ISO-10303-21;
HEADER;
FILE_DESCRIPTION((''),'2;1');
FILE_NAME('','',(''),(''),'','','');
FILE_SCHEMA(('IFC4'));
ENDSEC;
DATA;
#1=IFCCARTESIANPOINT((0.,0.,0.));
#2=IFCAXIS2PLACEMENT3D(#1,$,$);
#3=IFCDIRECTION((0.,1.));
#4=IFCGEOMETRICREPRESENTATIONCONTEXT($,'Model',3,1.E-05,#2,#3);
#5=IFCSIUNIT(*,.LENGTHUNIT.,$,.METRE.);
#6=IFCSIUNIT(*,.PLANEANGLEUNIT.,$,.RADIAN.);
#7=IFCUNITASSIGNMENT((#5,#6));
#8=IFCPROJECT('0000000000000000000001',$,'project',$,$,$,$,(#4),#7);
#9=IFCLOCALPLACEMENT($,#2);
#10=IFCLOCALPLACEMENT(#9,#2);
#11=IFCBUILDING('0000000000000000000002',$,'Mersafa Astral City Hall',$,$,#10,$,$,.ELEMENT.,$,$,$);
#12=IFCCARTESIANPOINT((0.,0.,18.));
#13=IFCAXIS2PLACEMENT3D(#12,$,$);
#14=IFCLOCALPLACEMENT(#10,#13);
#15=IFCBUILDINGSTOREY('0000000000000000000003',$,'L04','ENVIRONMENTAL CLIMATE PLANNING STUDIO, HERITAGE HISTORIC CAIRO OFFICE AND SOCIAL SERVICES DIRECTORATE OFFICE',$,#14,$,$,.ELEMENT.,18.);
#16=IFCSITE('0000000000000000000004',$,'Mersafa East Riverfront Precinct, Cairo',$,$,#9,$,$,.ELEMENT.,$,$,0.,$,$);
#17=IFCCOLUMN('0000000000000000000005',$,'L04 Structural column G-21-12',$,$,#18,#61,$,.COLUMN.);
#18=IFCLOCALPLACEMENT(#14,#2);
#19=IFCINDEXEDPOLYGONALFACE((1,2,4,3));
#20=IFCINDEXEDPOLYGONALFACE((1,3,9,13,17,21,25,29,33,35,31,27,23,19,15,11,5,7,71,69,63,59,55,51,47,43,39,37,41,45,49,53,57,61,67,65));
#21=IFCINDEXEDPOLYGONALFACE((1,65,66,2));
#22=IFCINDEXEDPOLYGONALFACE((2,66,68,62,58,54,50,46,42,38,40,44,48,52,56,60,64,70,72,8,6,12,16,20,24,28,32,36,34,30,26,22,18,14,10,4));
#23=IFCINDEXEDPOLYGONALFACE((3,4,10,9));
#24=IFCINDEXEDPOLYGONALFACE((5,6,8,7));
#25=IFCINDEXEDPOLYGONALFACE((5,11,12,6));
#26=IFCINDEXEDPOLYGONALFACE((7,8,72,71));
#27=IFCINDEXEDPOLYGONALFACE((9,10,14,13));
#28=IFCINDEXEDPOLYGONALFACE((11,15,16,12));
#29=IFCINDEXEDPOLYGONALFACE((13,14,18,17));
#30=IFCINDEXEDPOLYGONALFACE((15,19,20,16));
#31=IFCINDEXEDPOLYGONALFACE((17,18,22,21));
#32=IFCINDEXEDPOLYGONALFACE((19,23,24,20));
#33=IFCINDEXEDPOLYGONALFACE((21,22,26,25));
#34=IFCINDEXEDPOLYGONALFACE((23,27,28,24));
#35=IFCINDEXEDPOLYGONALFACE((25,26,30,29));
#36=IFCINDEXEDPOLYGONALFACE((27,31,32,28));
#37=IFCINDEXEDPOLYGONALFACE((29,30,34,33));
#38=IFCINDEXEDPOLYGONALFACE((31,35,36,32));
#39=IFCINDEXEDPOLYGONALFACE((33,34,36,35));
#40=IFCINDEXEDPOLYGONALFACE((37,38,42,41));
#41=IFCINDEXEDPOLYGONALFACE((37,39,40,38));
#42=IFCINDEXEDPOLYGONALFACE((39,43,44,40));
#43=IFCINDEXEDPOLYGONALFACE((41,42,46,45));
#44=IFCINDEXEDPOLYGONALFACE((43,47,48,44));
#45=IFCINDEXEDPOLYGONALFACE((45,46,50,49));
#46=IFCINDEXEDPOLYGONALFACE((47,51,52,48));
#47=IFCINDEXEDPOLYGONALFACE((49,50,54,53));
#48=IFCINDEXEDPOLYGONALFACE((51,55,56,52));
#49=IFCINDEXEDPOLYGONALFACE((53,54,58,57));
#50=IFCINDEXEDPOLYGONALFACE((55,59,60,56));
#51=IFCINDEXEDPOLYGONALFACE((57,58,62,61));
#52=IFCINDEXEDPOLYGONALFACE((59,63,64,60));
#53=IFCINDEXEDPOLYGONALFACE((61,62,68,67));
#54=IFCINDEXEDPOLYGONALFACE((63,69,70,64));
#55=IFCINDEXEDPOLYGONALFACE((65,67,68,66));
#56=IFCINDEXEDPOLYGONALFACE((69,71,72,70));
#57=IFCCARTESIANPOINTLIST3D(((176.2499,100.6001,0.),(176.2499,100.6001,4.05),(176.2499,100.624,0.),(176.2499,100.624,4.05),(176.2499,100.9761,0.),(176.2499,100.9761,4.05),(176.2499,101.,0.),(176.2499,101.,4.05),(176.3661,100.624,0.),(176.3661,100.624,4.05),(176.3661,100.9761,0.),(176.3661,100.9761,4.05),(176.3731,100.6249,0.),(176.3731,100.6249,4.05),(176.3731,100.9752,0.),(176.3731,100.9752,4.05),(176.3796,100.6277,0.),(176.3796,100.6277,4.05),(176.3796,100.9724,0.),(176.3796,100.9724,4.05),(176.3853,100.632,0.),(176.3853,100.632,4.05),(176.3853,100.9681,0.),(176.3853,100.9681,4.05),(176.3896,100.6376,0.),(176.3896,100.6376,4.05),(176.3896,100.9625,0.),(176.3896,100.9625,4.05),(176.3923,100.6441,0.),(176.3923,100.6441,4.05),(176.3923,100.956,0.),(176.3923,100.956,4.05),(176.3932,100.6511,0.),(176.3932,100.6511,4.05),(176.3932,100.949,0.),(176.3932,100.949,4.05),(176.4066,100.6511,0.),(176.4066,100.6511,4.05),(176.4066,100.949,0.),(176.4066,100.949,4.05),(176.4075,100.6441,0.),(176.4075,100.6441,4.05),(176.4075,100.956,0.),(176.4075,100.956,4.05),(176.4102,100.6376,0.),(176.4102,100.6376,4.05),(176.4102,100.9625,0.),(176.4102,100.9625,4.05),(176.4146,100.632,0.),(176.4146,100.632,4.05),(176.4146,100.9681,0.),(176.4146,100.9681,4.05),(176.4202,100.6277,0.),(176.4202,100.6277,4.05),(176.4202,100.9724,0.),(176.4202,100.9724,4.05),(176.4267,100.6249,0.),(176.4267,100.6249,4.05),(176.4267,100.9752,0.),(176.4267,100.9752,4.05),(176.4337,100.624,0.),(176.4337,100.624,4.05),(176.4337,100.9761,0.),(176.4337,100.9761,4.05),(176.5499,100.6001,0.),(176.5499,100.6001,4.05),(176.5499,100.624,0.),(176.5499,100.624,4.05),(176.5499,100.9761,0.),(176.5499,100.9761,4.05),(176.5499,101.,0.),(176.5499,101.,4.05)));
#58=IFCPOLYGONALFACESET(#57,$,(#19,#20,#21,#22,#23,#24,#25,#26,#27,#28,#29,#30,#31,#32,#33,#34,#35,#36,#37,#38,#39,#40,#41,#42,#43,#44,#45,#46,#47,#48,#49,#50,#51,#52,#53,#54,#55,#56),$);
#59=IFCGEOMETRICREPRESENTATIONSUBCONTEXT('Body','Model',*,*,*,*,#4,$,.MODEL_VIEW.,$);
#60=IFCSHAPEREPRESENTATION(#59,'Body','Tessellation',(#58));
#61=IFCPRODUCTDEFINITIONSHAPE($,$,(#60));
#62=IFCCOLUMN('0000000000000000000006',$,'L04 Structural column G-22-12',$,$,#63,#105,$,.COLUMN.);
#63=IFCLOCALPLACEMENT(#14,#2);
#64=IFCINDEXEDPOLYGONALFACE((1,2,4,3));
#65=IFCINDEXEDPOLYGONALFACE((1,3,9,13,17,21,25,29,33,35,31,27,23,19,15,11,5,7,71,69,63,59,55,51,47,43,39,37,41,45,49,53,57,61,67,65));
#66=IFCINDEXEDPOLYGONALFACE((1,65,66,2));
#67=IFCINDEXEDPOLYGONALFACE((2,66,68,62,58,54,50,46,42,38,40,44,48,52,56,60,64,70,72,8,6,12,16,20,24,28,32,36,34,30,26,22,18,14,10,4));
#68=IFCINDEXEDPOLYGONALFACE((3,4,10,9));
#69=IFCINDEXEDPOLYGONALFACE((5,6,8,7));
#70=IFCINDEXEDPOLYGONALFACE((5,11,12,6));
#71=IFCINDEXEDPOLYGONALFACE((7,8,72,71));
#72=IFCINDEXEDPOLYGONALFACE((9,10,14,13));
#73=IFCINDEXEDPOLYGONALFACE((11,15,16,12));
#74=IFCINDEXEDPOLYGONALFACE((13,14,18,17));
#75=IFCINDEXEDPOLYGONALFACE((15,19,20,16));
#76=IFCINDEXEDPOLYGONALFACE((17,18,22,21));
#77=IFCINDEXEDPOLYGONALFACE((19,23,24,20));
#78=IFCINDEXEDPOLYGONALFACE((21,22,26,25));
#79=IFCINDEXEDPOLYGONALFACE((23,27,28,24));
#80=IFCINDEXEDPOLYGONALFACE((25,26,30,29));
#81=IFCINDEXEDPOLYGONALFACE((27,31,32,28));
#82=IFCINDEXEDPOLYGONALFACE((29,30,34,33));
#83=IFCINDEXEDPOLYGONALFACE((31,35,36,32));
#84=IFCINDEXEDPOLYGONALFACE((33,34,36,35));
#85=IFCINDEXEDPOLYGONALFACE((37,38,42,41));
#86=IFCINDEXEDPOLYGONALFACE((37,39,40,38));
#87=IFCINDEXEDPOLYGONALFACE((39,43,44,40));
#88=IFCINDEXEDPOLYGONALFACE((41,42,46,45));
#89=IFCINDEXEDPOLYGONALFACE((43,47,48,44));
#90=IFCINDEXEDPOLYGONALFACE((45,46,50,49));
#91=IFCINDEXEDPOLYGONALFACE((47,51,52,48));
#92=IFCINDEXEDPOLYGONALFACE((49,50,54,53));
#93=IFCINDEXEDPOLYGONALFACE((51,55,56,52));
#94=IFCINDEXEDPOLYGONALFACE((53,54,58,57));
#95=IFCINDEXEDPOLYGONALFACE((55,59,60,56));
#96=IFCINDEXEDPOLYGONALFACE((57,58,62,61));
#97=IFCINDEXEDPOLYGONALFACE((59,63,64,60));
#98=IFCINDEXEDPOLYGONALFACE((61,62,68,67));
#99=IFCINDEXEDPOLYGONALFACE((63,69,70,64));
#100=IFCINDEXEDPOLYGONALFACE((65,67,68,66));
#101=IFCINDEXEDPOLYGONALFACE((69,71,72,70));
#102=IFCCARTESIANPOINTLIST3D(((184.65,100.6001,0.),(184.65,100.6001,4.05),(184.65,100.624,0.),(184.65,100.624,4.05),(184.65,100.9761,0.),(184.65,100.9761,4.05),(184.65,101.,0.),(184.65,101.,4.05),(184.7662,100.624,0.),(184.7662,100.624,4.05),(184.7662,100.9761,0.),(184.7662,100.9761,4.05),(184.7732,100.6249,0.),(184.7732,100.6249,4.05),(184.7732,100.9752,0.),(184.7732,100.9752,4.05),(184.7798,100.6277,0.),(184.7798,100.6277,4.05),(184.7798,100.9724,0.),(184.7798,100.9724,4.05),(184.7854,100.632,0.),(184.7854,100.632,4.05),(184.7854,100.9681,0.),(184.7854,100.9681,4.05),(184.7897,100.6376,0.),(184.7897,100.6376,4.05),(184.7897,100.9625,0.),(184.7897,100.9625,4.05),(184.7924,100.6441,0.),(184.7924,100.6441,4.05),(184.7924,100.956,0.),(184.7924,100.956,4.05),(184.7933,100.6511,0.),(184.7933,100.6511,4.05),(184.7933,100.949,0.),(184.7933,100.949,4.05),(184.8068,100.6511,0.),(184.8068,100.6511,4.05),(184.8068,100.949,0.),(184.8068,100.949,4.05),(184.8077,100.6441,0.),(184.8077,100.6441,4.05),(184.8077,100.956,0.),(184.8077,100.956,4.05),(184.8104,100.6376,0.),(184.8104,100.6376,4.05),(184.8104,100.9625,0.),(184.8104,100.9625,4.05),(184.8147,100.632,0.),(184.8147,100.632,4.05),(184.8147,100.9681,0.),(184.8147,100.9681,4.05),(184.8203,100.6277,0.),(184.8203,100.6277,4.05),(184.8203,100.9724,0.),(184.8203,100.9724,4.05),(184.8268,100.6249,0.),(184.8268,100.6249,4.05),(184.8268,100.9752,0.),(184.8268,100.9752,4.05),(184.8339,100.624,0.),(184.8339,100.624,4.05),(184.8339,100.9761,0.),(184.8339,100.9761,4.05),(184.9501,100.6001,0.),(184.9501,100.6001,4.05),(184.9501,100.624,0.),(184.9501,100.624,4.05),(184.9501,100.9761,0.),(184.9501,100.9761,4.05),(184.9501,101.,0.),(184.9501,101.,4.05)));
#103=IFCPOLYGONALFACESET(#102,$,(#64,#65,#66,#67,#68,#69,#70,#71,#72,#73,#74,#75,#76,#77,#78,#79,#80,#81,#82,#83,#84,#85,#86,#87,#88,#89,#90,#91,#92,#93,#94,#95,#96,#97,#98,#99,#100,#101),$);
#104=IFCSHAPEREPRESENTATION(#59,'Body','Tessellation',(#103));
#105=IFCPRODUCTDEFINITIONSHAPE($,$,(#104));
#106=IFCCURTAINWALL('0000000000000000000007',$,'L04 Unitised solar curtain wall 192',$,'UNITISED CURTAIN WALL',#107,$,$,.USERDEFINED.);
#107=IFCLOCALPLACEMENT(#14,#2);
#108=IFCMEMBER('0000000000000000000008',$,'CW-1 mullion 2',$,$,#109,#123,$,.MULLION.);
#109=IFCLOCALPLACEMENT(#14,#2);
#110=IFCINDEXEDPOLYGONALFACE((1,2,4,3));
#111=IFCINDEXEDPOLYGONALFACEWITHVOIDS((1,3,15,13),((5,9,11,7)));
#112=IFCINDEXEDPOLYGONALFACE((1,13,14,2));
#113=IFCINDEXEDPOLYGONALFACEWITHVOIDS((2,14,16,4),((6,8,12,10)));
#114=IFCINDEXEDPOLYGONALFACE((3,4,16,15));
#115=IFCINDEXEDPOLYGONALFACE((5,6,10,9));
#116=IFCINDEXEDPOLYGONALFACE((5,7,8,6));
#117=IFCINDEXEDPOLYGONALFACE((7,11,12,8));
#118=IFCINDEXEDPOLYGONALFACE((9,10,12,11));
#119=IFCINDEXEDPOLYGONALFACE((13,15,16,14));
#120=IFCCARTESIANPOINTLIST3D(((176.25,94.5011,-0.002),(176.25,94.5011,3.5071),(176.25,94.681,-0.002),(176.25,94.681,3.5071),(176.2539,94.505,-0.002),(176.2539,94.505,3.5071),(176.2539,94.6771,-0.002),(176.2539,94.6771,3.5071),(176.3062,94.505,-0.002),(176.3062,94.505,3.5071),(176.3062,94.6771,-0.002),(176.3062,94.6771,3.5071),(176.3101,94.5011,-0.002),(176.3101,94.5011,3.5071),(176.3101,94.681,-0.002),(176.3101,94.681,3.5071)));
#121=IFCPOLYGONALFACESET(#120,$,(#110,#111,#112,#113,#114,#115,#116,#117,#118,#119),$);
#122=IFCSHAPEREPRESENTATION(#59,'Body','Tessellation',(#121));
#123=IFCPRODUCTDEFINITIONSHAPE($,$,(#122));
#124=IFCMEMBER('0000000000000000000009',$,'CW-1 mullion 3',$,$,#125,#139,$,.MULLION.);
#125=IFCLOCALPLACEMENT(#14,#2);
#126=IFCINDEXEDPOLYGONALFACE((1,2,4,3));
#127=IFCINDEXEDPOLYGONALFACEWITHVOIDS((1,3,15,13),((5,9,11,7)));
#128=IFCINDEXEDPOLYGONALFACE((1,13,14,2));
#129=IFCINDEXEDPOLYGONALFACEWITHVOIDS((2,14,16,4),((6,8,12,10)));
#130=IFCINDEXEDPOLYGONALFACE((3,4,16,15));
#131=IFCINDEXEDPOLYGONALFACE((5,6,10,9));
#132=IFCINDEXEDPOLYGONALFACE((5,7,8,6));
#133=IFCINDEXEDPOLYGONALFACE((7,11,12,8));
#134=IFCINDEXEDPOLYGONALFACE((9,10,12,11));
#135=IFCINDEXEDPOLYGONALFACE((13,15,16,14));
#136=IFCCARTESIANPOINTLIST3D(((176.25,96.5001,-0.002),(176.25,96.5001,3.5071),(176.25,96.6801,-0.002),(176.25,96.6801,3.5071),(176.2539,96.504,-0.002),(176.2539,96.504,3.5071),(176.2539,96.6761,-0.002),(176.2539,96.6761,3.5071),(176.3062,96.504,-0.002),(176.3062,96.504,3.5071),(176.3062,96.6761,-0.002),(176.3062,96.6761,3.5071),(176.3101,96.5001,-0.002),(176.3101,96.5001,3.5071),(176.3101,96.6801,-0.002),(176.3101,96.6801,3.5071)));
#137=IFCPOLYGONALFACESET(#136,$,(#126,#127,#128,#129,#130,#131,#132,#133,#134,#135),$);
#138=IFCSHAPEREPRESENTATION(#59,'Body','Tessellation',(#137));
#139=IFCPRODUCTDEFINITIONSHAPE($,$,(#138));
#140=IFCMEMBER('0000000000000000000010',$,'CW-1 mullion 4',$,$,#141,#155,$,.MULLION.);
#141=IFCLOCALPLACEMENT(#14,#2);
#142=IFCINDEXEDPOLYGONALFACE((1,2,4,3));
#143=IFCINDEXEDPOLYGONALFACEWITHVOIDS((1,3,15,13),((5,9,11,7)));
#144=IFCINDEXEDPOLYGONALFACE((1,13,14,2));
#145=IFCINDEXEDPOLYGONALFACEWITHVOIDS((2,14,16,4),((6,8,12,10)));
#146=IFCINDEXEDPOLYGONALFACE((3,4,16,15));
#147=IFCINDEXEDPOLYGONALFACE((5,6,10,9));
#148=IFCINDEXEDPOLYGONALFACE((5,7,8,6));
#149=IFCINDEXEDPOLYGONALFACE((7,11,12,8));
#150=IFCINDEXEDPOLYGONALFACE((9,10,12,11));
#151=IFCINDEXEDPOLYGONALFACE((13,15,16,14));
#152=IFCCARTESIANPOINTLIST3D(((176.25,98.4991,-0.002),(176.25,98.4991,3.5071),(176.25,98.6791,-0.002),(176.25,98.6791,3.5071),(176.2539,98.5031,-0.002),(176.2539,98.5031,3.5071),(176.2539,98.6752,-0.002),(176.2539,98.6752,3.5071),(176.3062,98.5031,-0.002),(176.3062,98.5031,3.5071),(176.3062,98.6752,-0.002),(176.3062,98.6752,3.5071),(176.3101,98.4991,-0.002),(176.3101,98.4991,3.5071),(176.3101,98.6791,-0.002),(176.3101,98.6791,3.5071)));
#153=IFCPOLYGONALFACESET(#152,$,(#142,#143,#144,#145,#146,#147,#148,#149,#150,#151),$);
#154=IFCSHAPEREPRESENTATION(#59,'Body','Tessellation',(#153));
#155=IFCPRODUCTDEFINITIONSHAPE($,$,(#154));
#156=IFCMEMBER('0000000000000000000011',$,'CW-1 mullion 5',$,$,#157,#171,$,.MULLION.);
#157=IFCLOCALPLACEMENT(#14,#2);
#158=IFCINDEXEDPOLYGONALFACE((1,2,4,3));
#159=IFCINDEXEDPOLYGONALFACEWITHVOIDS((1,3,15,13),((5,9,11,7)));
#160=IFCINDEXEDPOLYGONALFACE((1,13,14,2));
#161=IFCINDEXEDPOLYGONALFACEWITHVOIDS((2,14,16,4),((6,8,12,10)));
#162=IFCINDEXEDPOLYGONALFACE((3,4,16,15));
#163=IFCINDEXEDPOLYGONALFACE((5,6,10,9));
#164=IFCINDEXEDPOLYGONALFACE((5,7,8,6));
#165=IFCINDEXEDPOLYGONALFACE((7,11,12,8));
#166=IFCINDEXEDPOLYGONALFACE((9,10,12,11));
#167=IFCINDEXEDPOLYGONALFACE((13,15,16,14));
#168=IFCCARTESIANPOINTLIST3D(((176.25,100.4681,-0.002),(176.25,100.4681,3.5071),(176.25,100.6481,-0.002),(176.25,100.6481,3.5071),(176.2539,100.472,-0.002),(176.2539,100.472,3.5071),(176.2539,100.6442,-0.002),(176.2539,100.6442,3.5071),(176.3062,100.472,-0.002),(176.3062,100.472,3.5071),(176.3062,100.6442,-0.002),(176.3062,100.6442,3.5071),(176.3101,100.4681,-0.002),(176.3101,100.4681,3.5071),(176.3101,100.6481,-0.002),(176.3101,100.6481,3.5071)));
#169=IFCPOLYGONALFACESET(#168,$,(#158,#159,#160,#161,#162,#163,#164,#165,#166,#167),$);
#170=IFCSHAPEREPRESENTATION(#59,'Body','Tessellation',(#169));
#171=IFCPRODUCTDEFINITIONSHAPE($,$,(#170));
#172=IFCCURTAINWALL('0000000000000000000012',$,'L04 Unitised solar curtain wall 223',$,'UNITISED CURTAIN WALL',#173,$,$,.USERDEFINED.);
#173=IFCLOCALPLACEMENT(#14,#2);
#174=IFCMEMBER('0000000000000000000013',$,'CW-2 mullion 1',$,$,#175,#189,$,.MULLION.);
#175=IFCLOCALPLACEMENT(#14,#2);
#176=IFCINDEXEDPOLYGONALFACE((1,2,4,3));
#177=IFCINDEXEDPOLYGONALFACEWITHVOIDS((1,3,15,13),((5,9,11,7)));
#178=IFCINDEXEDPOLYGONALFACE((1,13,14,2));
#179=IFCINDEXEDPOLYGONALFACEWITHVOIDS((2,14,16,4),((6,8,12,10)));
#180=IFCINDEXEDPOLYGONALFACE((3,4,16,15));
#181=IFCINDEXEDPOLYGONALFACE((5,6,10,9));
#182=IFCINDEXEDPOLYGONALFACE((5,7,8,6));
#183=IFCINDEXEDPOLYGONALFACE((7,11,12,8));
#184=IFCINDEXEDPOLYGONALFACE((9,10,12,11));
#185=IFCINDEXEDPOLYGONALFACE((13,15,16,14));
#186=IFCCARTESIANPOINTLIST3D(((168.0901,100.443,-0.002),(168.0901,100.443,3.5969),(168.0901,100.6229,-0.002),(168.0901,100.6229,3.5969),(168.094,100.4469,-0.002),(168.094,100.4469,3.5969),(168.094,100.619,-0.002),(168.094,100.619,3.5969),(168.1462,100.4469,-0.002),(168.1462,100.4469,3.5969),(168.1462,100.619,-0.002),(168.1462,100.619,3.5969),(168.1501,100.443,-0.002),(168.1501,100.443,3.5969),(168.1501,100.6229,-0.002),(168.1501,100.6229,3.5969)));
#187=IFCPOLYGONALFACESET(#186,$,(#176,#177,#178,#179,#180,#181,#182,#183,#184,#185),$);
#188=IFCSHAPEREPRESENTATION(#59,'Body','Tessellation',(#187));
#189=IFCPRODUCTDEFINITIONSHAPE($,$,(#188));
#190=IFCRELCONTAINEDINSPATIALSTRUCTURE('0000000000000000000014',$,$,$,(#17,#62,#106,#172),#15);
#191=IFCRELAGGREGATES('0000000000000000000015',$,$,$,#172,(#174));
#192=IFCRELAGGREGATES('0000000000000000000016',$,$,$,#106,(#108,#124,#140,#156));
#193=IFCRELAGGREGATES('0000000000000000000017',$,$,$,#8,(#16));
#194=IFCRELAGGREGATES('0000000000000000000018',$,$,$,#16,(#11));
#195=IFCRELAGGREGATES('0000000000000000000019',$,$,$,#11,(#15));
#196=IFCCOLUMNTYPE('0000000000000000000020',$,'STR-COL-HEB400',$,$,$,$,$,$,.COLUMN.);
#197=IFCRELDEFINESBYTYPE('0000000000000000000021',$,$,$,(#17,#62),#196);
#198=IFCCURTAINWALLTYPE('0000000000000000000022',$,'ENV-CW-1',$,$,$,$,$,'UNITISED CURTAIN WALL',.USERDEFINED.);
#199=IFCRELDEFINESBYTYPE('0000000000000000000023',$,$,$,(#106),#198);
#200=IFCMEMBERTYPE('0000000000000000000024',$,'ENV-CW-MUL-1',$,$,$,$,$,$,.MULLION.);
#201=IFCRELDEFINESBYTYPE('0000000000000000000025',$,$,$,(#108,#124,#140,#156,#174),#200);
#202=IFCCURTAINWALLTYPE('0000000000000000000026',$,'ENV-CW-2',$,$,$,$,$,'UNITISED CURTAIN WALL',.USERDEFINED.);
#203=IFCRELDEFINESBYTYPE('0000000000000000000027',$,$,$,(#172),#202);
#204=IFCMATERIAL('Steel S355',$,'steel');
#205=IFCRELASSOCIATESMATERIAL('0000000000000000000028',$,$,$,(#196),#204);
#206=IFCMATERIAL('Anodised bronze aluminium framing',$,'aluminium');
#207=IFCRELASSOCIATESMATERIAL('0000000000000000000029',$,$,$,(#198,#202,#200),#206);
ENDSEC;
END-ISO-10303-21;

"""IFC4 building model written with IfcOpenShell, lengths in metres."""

from ifc_helpers import new_model, si_unit, direction, frame, origin, origin_2d, place, context, subcontext, project, spatial, hollow_rectangle, i_section, extrude, material, material_profile, profile_set, type_object, element, aggregate, save


model = new_model("IFC4")

# Units and contexts
model_context = context("Model", 3, precision=1e-05, world=origin(), true_north=direction((0.0, 1.0)))
body_context = subcontext(model_context, "Body", "Model", "MODEL_VIEW")
ifc_project = project(units=[si_unit("LENGTHUNIT", "METRE"), si_unit("PLANEANGLEUNIT", "RADIAN")], contexts=[model_context])

# Site, building, storey
site_placement = place(None, origin())
site = spatial("IfcSite", under=ifc_project, at=site_placement, Name="Mersafa East Riverfront Precinct, Cairo", CompositionType="ELEMENT", RefElevation=0.0)
building_placement = place(site_placement, origin())
building = spatial("IfcBuilding", under=site, at=building_placement, Name="Mersafa Astral City Hall", CompositionType="ELEMENT")
storey_placement = place(building_placement, frame((0.0, 0.0, 18.0)))
storey = spatial("IfcBuildingStorey", under=building, at=storey_placement, Name="L04", Description="ENVIRONMENTAL CLIMATE PLANNING STUDIO, HERITAGE HISTORIC CAIRO OFFICE AND SOCIAL SERVICES DIRECTORATE OFFICE", CompositionType="ELEMENT", Elevation=18.0)

# Columns
ifc_material_1 = material(Name="Steel S355", Category="steel")
ifc_material_profile_1 = material_profile(ifc_material_1, i_section(OverallWidth=0.3, OverallDepth=0.3999, WebThickness=0.0134, FlangeThickness=0.0239, FilletRadius=0.0271, at=origin_2d()), Name="HEB 400")
ifc_profile_set_1 = profile_set([ifc_material_profile_1], Name="Steel S355")
column_type = type_object("IfcColumnType", Name="STR-COL-HEB400", PredefinedType="COLUMN", material=ifc_profile_set_1)
for number, where, z_axis, x_axis, name in (
    (1, (176.3999, 100.8, 0.0), (0.0, 0.0, 1.0), (1.0, 0.0, 0.0), "L04 Structural column G-21-12"),
    (2, (184.8, 100.8, 0.0), (0.0, 0.0, 1.0), (1.0, 0.0, 0.0), "L04 Structural column G-22-12"),
):
    element("IfcColumn", number, at=place(storey_placement, frame(where, z_axis=z_axis, x_axis=x_axis)), inside=storey, type_object=column_type, Name=name, PredefinedType="COLUMN", context=body_context, shape_type="SweptSolid", body=[
        extrude(i_section(OverallWidth=0.3, OverallDepth=0.3999, WebThickness=0.0134, FlangeThickness=0.0239, FilletRadius=0.0271, at=origin_2d()), origin(), (0.0, 0.0, 1.0), 4.05),
    ])

# Curtain walls, members
ifc_material_2 = material(Name="Anodised bronze aluminium framing", Category="aluminium")
curtain_wall_type_1 = type_object("IfcCurtainWallType", Name="ENV-CW-1", ElementType="UNITISED CURTAIN WALL", PredefinedType="USERDEFINED", material=ifc_material_2)
curtain_wall_1_placement = place(storey_placement, origin())
curtain_wall_1 = element("IfcCurtainWall", 3, at=curtain_wall_1_placement, inside=storey, type_object=curtain_wall_type_1, Name="L04 Unitised solar curtain wall 192", ObjectType="UNITISED CURTAIN WALL", PredefinedType="USERDEFINED")
ifc_material_profile_2 = material_profile(ifc_material_2, hollow_rectangle(XDim=0.0601, YDim=0.1799, WallThickness=0.0039, at=origin_2d()), Name="RHS 60x180x4")
ifc_profile_set_2 = profile_set([ifc_material_profile_2], Name="Anodised bronze aluminium framing")
member_type_1 = type_object("IfcMemberType", Name="ENV-CW-MUL-1", PredefinedType="MULLION", material=ifc_profile_set_2)
member_1_placement = place(storey_placement, frame((176.28, 94.5911, -0.002), z_axis=(0.0, 0.0, 1.0), x_axis=(-1.0, 0.0, 0.0)))
member_1 = element("IfcMember", 4, at=member_1_placement, type_object=member_type_1, Name="CW-1 mullion 2", PredefinedType="MULLION", context=body_context, shape_type="SweptSolid", body=[
    extrude(hollow_rectangle(XDim=0.0601, YDim=0.1799, WallThickness=0.0039, at=origin_2d()), origin(), (0.0, 0.0, 1.0), 3.509),
])
member_2_placement = place(storey_placement, frame((176.28, 96.5901, -0.002), z_axis=(0.0, 0.0, 1.0), x_axis=(-1.0, 0.0, 0.0)))
member_2 = element("IfcMember", 5, at=member_2_placement, type_object=member_type_1, Name="CW-1 mullion 3", PredefinedType="MULLION", context=body_context, shape_type="SweptSolid", body=[
    extrude(hollow_rectangle(XDim=0.0601, YDim=0.1799, WallThickness=0.0039, at=origin_2d()), origin(), (0.0, 0.0, 1.0), 3.509),
])
member_3_placement = place(storey_placement, frame((176.28, 98.5891, -0.002), z_axis=(0.0, 0.0, 1.0), x_axis=(-1.0, 0.0, 0.0)))
member_3 = element("IfcMember", 6, at=member_3_placement, type_object=member_type_1, Name="CW-1 mullion 4", PredefinedType="MULLION", context=body_context, shape_type="SweptSolid", body=[
    extrude(hollow_rectangle(XDim=0.0601, YDim=0.1799, WallThickness=0.0039, at=origin_2d()), origin(), (0.0, 0.0, 1.0), 3.509),
])
member_4_placement = place(storey_placement, frame((176.28, 100.5581, -0.002), z_axis=(0.0, 0.0, 1.0), x_axis=(-1.0, 0.0, 0.0)))
member_4 = element("IfcMember", 7, at=member_4_placement, type_object=member_type_1, Name="CW-1 mullion 5", PredefinedType="MULLION", context=body_context, shape_type="SweptSolid", body=[
    extrude(hollow_rectangle(XDim=0.0601, YDim=0.1799, WallThickness=0.0039, at=origin_2d()), origin(), (0.0, 0.0, 1.0), 3.509),
])
curtain_wall_type_2 = type_object("IfcCurtainWallType", Name="ENV-CW-2", ElementType="UNITISED CURTAIN WALL", PredefinedType="USERDEFINED", material=ifc_material_2)
curtain_wall_2_placement = place(storey_placement, origin())
curtain_wall_2 = element("IfcCurtainWall", 8, at=curtain_wall_2_placement, inside=storey, type_object=curtain_wall_type_2, Name="L04 Unitised solar curtain wall 223", ObjectType="UNITISED CURTAIN WALL", PredefinedType="USERDEFINED")
member_5_placement = place(storey_placement, frame((168.1201, 100.533, -0.002), z_axis=(0.0, 0.0, 1.0), x_axis=(1.0, 0.0, 0.0)))
member_5 = element("IfcMember", 9, at=member_5_placement, type_object=member_type_1, Name="CW-2 mullion 1", PredefinedType="MULLION", context=body_context, shape_type="SweptSolid", body=[
    extrude(hollow_rectangle(XDim=0.0601, YDim=0.1799, WallThickness=0.0039, at=origin_2d()), origin(), (0.0, 0.0, 1.0), 3.5989),
])
aggregate(curtain_wall_2, [member_5])

aggregate(curtain_wall_1, [member_1, member_2, member_3, member_4])

save(model, "model.ifc")
